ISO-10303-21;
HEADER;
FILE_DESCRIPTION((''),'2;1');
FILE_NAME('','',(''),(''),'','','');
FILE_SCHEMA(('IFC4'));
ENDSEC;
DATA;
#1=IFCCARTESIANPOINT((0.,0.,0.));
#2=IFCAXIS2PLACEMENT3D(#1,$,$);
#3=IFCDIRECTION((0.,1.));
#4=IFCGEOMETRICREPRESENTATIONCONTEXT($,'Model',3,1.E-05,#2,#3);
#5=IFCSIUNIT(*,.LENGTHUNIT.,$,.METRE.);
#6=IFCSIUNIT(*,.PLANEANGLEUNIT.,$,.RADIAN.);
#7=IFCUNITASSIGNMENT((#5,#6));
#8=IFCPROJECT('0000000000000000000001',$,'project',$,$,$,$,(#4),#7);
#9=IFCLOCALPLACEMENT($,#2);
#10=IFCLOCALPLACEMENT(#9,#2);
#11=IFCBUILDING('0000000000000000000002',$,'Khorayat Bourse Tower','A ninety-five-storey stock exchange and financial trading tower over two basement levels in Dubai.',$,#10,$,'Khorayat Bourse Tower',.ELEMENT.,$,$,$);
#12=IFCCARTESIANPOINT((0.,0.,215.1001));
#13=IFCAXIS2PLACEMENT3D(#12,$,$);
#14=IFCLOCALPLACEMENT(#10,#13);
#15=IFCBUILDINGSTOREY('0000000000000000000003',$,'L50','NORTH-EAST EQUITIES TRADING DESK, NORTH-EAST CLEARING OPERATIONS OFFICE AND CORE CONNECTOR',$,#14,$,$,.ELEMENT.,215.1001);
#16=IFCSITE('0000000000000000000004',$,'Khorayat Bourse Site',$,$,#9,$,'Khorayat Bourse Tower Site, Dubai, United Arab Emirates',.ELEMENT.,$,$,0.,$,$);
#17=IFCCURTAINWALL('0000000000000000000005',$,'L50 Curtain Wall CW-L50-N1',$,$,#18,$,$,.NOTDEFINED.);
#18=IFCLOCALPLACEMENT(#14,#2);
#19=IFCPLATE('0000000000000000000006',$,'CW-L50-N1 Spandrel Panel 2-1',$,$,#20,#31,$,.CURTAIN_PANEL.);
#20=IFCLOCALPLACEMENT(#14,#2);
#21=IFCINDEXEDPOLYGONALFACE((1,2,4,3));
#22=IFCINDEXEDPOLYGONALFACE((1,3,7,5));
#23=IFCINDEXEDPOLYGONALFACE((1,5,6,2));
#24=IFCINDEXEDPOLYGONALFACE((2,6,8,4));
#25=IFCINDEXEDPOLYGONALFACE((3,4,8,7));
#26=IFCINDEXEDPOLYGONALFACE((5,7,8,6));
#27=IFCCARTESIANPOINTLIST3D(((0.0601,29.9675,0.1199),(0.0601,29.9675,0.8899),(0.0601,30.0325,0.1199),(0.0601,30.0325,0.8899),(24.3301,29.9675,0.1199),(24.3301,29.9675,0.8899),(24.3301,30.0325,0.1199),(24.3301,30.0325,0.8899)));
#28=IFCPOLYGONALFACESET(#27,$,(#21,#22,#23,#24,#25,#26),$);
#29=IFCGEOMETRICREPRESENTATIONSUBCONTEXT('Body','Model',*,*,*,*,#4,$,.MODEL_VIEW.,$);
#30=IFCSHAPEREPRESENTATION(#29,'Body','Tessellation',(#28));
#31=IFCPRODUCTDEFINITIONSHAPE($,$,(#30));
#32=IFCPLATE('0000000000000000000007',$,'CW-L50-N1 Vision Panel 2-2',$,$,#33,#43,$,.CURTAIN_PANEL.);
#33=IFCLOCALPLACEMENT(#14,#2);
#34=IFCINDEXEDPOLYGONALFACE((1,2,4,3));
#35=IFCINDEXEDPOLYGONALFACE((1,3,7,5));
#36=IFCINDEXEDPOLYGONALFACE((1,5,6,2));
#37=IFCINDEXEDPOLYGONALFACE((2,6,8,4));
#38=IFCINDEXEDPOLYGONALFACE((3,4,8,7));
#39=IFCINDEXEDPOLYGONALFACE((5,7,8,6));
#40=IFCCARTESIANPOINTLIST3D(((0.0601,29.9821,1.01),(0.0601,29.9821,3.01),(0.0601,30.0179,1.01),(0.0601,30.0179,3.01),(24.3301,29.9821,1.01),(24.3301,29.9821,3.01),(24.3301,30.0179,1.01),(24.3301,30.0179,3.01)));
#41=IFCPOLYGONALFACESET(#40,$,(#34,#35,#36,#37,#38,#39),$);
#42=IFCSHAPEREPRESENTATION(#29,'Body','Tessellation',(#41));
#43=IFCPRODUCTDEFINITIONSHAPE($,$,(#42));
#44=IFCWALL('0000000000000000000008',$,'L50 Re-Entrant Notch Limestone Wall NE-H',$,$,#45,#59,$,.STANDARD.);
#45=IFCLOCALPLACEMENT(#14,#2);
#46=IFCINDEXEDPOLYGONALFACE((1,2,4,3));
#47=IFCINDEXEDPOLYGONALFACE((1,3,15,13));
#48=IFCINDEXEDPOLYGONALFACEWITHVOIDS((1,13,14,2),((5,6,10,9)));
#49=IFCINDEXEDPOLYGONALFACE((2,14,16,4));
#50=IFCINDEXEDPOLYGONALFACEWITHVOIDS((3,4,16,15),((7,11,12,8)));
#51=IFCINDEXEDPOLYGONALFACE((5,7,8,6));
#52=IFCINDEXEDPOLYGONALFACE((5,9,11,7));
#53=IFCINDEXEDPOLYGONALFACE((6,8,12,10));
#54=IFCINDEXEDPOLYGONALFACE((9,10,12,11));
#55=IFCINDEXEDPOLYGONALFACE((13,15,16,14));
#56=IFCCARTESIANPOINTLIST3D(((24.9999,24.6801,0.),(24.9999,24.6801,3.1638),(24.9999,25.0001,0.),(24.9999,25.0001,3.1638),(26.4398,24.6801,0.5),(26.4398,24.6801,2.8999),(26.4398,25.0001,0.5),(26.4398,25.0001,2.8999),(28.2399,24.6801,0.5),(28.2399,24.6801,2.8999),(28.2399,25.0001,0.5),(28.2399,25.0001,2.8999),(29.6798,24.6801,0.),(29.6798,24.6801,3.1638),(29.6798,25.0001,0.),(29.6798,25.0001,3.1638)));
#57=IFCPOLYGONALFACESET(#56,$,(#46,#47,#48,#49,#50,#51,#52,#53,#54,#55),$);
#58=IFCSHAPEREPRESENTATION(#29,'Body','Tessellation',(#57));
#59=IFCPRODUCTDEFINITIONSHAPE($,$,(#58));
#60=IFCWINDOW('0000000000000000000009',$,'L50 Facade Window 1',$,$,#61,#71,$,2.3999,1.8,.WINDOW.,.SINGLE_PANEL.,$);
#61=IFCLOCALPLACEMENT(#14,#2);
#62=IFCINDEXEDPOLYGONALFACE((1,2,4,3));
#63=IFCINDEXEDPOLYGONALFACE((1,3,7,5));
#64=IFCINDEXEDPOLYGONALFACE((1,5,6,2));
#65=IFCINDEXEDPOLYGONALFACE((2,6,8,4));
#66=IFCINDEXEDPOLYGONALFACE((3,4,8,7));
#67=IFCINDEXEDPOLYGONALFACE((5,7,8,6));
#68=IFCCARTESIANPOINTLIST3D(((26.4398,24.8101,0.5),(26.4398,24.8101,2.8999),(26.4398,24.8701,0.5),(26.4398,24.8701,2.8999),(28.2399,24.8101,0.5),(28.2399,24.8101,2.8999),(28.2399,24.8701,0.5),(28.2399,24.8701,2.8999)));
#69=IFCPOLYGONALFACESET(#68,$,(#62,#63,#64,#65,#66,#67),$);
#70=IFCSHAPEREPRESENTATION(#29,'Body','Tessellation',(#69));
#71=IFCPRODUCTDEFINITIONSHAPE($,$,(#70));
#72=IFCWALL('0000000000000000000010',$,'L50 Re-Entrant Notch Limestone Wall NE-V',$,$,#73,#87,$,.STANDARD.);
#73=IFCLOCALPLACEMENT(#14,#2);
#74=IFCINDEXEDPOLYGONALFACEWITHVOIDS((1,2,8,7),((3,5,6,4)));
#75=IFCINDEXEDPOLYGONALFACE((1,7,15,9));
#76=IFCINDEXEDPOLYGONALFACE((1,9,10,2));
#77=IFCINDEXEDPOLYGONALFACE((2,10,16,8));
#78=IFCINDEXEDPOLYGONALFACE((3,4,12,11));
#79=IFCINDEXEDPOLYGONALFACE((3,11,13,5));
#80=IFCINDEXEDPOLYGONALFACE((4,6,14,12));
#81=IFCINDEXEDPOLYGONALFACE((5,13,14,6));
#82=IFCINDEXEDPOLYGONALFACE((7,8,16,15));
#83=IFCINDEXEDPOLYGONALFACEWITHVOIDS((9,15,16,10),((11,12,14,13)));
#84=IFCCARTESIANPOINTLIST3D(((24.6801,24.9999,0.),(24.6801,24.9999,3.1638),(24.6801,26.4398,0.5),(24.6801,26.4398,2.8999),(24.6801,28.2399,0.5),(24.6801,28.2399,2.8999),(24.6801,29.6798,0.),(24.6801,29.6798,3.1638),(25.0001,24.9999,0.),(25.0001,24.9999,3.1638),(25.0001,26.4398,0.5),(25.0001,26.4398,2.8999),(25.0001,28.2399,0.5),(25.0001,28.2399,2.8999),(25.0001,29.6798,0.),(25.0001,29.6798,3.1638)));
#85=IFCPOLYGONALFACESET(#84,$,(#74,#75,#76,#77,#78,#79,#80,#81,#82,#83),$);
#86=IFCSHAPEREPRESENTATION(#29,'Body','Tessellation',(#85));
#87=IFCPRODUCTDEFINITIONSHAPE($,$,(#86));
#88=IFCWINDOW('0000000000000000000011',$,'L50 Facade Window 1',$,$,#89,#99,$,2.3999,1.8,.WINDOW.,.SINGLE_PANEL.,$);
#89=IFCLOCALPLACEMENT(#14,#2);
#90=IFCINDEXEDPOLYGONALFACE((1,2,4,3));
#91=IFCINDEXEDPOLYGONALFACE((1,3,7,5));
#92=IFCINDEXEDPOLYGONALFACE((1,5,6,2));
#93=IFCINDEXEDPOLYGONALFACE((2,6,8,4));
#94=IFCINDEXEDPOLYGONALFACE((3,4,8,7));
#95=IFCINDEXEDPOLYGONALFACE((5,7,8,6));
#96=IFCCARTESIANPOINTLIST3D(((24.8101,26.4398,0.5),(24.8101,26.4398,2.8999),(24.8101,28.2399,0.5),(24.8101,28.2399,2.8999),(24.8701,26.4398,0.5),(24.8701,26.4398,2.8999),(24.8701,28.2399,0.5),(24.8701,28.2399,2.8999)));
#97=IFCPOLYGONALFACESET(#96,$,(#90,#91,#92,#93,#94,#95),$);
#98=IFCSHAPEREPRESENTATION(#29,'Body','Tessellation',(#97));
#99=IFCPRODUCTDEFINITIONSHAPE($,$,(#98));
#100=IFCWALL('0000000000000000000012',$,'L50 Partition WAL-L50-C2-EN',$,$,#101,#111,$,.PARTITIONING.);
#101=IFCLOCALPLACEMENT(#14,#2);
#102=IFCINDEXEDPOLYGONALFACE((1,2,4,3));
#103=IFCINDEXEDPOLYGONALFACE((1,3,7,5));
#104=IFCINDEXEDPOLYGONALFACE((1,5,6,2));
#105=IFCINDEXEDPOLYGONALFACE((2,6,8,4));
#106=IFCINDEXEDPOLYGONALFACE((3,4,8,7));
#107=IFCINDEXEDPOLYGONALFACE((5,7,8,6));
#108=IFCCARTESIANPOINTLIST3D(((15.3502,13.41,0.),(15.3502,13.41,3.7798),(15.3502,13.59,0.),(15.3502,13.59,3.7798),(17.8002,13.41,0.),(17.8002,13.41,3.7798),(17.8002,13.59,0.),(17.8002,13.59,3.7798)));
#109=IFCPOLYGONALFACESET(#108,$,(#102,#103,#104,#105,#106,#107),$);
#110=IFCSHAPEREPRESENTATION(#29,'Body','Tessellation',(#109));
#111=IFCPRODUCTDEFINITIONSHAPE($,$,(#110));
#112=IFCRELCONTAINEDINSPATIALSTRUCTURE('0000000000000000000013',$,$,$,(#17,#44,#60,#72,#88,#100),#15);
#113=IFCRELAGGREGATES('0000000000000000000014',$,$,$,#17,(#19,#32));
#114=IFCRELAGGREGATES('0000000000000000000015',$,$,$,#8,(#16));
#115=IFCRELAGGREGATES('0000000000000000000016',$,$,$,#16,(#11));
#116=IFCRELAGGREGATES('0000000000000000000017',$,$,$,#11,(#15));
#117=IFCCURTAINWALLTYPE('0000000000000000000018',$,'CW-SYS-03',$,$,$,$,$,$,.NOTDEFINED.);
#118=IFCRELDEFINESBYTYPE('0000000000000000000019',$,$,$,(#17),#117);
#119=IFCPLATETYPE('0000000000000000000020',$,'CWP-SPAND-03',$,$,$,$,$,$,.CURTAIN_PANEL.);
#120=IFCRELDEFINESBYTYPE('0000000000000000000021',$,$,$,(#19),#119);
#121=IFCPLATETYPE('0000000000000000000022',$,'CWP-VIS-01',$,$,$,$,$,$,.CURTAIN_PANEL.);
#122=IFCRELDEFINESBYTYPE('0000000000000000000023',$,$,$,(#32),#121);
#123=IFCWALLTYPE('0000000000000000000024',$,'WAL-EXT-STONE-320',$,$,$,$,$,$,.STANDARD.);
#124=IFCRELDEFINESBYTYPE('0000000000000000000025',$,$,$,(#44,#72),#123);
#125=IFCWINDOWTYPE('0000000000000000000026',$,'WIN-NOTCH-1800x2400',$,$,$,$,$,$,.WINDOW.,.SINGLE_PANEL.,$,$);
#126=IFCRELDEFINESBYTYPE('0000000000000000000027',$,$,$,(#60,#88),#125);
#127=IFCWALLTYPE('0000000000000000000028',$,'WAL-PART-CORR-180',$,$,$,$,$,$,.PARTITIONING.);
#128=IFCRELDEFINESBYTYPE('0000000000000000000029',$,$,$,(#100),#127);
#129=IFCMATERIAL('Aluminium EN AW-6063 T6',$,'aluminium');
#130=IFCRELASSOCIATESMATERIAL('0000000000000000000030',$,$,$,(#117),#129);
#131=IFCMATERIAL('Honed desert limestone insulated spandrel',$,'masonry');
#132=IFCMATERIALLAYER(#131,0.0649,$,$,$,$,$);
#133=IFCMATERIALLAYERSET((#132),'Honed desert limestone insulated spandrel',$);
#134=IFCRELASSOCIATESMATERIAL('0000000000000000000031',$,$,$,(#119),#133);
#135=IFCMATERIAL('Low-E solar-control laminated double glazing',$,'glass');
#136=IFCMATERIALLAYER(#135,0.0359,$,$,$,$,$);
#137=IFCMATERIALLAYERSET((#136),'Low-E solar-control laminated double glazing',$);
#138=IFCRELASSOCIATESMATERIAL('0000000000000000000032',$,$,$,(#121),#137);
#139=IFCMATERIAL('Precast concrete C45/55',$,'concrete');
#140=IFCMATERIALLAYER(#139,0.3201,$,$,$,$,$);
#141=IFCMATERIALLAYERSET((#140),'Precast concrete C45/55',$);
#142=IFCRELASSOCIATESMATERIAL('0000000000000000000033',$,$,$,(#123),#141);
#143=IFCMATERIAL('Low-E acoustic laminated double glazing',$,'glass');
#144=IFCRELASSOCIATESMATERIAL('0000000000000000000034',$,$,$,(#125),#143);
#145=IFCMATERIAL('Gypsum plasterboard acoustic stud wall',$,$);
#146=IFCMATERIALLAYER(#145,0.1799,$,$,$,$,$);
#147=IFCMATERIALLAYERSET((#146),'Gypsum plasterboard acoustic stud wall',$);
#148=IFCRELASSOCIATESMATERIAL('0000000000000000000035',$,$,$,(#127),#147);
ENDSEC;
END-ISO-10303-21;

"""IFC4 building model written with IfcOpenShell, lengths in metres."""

from ifc_helpers import new_model, si_unit, direction, frame, frame_2d, origin, origin_2d, place, context, subcontext, project, spatial, rectangle, extrude, source, transform, mapped, material, layer, layer_set, type_object, element, fill, aggregate, save


model = new_model("IFC4")

# Units and contexts
model_context = context("Model", 3, precision=1e-05, world=origin(), true_north=direction((0.0, 1.0)))
body_context = subcontext(model_context, "Body", "Model", "MODEL_VIEW")
ifc_project = project(units=[si_unit("LENGTHUNIT", "METRE"), si_unit("PLANEANGLEUNIT", "RADIAN")], contexts=[model_context])

# Site, building, storey
site_placement = place(None, origin())
site = spatial("IfcSite", under=ifc_project, at=site_placement, Name="Khorayat Bourse Site", LongName="Khorayat Bourse Tower Site, Dubai, United Arab Emirates", CompositionType="ELEMENT", RefElevation=0.0)
building_placement = place(site_placement, origin())
building = spatial("IfcBuilding", under=site, at=building_placement, Name="Khorayat Bourse Tower", Description="A ninety-five-storey stock exchange and financial trading tower over two basement levels in Dubai.", LongName="Khorayat Bourse Tower", CompositionType="ELEMENT")
storey_placement = place(building_placement, frame((0.0, 0.0, 215.1001)))
storey = spatial("IfcBuildingStorey", under=building, at=storey_placement, Name="L50", Description="NORTH-EAST EQUITIES TRADING DESK, NORTH-EAST CLEARING OPERATIONS OFFICE AND CORE CONNECTOR", CompositionType="ELEMENT", Elevation=215.1001)

# Curtain wall
ifc_material_1 = material(Name="Aluminium EN AW-6063 T6", Category="aluminium")
curtain_wall_type = type_object("IfcCurtainWallType", Name="CW-SYS-03", PredefinedType="NOTDEFINED", material=ifc_material_1)
curtain_wall_1_placement = place(storey_placement, origin())
curtain_wall_1 = element("IfcCurtainWall", 1, at=curtain_wall_1_placement, inside=storey, type_object=curtain_wall_type, Name="L50 Curtain Wall CW-L50-N1", PredefinedType="NOTDEFINED")

# Plates
ifc_material_2 = material(Name="Honed desert limestone insulated spandrel", Category="masonry")
ifc_layer_1 = layer(ifc_material_2, 0.0649)
ifc_layer_set_1 = layer_set([ifc_layer_1], Name="Honed desert limestone insulated spandrel")
plate_type_1 = type_object("IfcPlateType", Name="CWP-SPAND-03", PredefinedType="CURTAIN_PANEL", material=ifc_layer_set_1)
shared_shape_1 = source(origin(), body_context, "Body", "SweptSolid", [
    extrude(rectangle(XDim=24.27, YDim=0.0649, at=origin_2d()), origin(), (0.0, 0.0, 1.0), 0.77),
])
plate_1_placement = place(storey_placement, frame((12.1951, 30.0, 0.1199), z_axis=(0.0, 0.0, 1.0), x_axis=(1.0, 0.0, 0.0)))
plate_1 = element("IfcPlate", 2, at=plate_1_placement, type_object=plate_type_1, Name="CW-L50-N1 Spandrel Panel 2-1", PredefinedType="CURTAIN_PANEL", context=body_context, shape_type="MappedRepresentation", body=[
    mapped(shared_shape_1, transform((0.0, 0.0, 0.0), scale=1.0)),
])
ifc_material_3 = material(Name="Low-E solar-control laminated double glazing", Category="glass")
ifc_layer_2 = layer(ifc_material_3, 0.0359)
ifc_layer_set_2 = layer_set([ifc_layer_2], Name="Low-E solar-control laminated double glazing")
plate_type_2 = type_object("IfcPlateType", Name="CWP-VIS-01", PredefinedType="CURTAIN_PANEL", material=ifc_layer_set_2)
shared_shape_2 = source(origin(), body_context, "Body", "SweptSolid", [
    extrude(rectangle(XDim=24.27, YDim=0.0359, at=origin_2d()), origin(), (0.0, 0.0, 1.0), 2.0),
])
plate_2_placement = place(storey_placement, frame((12.1951, 30.0, 1.01), z_axis=(0.0, 0.0, 1.0), x_axis=(1.0, 0.0, 0.0)))
plate_2 = element("IfcPlate", 3, at=plate_2_placement, type_object=plate_type_2, Name="CW-L50-N1 Vision Panel 2-2", PredefinedType="CURTAIN_PANEL", context=body_context, shape_type="MappedRepresentation", body=[
    mapped(shared_shape_2, transform((0.0, 0.0, 0.0), scale=1.0)),
])
aggregate(curtain_wall_1, [plate_1, plate_2])

# Walls, openings, windows
ifc_material_4 = material(Name="Precast concrete C45/55", Category="concrete")
ifc_layer_3 = layer(ifc_material_4, 0.3201)
ifc_layer_set_3 = layer_set([ifc_layer_3], Name="Precast concrete C45/55")
wall_type_1 = type_object("IfcWallType", Name="WAL-EXT-STONE-320", PredefinedType="STANDARD", material=ifc_layer_set_3)
shared_shape_3 = source(origin(), body_context, "Body", "SweptSolid", [
    extrude(rectangle(XDim=4.6799, YDim=0.3201, at=frame_2d((2.3398, 0.0))), origin(), (0.0, 0.0, 1.0), 3.1638),
])
wall_1_placement = place(storey_placement, frame((25.0, 24.8401, 0.0), z_axis=(0.0, 0.0, 1.0), x_axis=(1.0, 0.0, 0.0)))
wall_1 = element("IfcWall", 4, at=wall_1_placement, inside=storey, type_object=wall_type_1, Name="L50 Re-Entrant Notch Limestone Wall NE-H", PredefinedType="STANDARD", context=body_context, shape_type="MappedRepresentation", body=[
    mapped(shared_shape_3, transform((0.0, 0.0, 0.0), scale=1.0)),
])
shared_shape_4 = source(origin(), body_context, "Body", "SweptSolid", [
    extrude(rectangle(XDim=1.8, YDim=2.3999, at=frame_2d((0.8999, 1.2))), frame((0.0, 0.1699, 0.0), z_axis=(0.0, -1.0, 0.0), x_axis=(1.0, 0.0, 0.0)), (0.0, 0.0, 1.0), 0.3401),
])
opening_1_placement = place(wall_1_placement, frame((1.4399, 0.0, 0.5)))
opening_1 = element("IfcOpeningElement", 5, at=opening_1_placement, cuts=wall_1, PredefinedType="OPENING", context=body_context, shape_type="MappedRepresentation", body=[
    mapped(shared_shape_4, transform((0.0, 0.0, 0.0), scale=1.0)),
])
ifc_material_5 = material(Name="Low-E acoustic laminated double glazing", Category="glass")
window_type = type_object("IfcWindowType", Name="WIN-NOTCH-1800x2400", PartitioningType="SINGLE_PANEL", PredefinedType="WINDOW", material=ifc_material_5)
shared_shape_5 = source(origin(), body_context, "Body", "SweptSolid", [
    extrude(rectangle(XDim=1.8, YDim=2.3999, at=frame_2d((0.8999, 1.2))), frame((0.0, 0.03, 0.0), z_axis=(0.0, -1.0, 0.0), x_axis=(1.0, 0.0, 0.0)), (0.0, 0.0, 1.0), 0.0601),
])
window_1_placement = place(opening_1_placement, origin())
window_1 = element("IfcWindow", 6, at=window_1_placement, inside=storey, type_object=window_type, Name="L50 Facade Window 1", OverallHeight=2.3999, OverallWidth=1.8, PartitioningType="SINGLE_PANEL", PredefinedType="WINDOW", context=body_context, shape_type="MappedRepresentation", body=[
    mapped(shared_shape_5, transform((0.0, 0.0, 0.0), scale=1.0)),
])
fill(opening_1, window_1)
wall_2_placement = place(storey_placement, frame((24.8401, 25.0, 0.0), z_axis=(0.0, 0.0, 1.0), x_axis=(0.0, 1.0, 0.0)))
wall_2 = element("IfcWall", 7, at=wall_2_placement, inside=storey, type_object=wall_type_1, Name="L50 Re-Entrant Notch Limestone Wall NE-V", PredefinedType="STANDARD", context=body_context, shape_type="MappedRepresentation", body=[
    mapped(shared_shape_3, transform((0.0, 0.0, 0.0), scale=1.0)),
])
opening_2_placement = place(wall_2_placement, frame((1.4399, 0.0, 0.5)))
opening_2 = element("IfcOpeningElement", 8, at=opening_2_placement, cuts=wall_2, PredefinedType="OPENING", context=body_context, shape_type="MappedRepresentation", body=[
    mapped(shared_shape_4, transform((0.0, 0.0, 0.0), scale=1.0)),
])
window_2_placement = place(opening_2_placement, origin())
window_2 = element("IfcWindow", 9, at=window_2_placement, inside=storey, type_object=window_type, Name="L50 Facade Window 1", OverallHeight=2.3999, OverallWidth=1.8, PartitioningType="SINGLE_PANEL", PredefinedType="WINDOW", context=body_context, shape_type="MappedRepresentation", body=[
    mapped(shared_shape_5, transform((0.0, 0.0, 0.0), scale=1.0)),
])
fill(opening_2, window_2)

# Wall
ifc_material_6 = material(Name="Gypsum plasterboard acoustic stud wall")
ifc_layer_4 = layer(ifc_material_6, 0.1799)
ifc_layer_set_4 = layer_set([ifc_layer_4], Name="Gypsum plasterboard acoustic stud wall")
wall_type_2 = type_object("IfcWallType", Name="WAL-PART-CORR-180", PredefinedType="PARTITIONING", material=ifc_layer_set_4)
shared_shape_6 = source(origin(), body_context, "Body", "SweptSolid", [
    extrude(rectangle(XDim=2.45, YDim=0.1799, at=frame_2d((1.2251, 0.0))), origin(), (0.0, 0.0, 1.0), 3.7798),
])
wall_3_placement = place(storey_placement, frame((15.3501, 13.5, 0.0), z_axis=(0.0, 0.0, 1.0), x_axis=(1.0, 0.0, 0.0)))
element("IfcWall", 10, at=wall_3_placement, inside=storey, type_object=wall_type_2, Name="L50 Partition WAL-L50-C2-EN", PredefinedType="PARTITIONING", context=body_context, shape_type="MappedRepresentation", body=[
    mapped(shared_shape_6, transform((0.0, 0.0, 0.0), scale=1.0)),
])

save(model, "model.ifc")
